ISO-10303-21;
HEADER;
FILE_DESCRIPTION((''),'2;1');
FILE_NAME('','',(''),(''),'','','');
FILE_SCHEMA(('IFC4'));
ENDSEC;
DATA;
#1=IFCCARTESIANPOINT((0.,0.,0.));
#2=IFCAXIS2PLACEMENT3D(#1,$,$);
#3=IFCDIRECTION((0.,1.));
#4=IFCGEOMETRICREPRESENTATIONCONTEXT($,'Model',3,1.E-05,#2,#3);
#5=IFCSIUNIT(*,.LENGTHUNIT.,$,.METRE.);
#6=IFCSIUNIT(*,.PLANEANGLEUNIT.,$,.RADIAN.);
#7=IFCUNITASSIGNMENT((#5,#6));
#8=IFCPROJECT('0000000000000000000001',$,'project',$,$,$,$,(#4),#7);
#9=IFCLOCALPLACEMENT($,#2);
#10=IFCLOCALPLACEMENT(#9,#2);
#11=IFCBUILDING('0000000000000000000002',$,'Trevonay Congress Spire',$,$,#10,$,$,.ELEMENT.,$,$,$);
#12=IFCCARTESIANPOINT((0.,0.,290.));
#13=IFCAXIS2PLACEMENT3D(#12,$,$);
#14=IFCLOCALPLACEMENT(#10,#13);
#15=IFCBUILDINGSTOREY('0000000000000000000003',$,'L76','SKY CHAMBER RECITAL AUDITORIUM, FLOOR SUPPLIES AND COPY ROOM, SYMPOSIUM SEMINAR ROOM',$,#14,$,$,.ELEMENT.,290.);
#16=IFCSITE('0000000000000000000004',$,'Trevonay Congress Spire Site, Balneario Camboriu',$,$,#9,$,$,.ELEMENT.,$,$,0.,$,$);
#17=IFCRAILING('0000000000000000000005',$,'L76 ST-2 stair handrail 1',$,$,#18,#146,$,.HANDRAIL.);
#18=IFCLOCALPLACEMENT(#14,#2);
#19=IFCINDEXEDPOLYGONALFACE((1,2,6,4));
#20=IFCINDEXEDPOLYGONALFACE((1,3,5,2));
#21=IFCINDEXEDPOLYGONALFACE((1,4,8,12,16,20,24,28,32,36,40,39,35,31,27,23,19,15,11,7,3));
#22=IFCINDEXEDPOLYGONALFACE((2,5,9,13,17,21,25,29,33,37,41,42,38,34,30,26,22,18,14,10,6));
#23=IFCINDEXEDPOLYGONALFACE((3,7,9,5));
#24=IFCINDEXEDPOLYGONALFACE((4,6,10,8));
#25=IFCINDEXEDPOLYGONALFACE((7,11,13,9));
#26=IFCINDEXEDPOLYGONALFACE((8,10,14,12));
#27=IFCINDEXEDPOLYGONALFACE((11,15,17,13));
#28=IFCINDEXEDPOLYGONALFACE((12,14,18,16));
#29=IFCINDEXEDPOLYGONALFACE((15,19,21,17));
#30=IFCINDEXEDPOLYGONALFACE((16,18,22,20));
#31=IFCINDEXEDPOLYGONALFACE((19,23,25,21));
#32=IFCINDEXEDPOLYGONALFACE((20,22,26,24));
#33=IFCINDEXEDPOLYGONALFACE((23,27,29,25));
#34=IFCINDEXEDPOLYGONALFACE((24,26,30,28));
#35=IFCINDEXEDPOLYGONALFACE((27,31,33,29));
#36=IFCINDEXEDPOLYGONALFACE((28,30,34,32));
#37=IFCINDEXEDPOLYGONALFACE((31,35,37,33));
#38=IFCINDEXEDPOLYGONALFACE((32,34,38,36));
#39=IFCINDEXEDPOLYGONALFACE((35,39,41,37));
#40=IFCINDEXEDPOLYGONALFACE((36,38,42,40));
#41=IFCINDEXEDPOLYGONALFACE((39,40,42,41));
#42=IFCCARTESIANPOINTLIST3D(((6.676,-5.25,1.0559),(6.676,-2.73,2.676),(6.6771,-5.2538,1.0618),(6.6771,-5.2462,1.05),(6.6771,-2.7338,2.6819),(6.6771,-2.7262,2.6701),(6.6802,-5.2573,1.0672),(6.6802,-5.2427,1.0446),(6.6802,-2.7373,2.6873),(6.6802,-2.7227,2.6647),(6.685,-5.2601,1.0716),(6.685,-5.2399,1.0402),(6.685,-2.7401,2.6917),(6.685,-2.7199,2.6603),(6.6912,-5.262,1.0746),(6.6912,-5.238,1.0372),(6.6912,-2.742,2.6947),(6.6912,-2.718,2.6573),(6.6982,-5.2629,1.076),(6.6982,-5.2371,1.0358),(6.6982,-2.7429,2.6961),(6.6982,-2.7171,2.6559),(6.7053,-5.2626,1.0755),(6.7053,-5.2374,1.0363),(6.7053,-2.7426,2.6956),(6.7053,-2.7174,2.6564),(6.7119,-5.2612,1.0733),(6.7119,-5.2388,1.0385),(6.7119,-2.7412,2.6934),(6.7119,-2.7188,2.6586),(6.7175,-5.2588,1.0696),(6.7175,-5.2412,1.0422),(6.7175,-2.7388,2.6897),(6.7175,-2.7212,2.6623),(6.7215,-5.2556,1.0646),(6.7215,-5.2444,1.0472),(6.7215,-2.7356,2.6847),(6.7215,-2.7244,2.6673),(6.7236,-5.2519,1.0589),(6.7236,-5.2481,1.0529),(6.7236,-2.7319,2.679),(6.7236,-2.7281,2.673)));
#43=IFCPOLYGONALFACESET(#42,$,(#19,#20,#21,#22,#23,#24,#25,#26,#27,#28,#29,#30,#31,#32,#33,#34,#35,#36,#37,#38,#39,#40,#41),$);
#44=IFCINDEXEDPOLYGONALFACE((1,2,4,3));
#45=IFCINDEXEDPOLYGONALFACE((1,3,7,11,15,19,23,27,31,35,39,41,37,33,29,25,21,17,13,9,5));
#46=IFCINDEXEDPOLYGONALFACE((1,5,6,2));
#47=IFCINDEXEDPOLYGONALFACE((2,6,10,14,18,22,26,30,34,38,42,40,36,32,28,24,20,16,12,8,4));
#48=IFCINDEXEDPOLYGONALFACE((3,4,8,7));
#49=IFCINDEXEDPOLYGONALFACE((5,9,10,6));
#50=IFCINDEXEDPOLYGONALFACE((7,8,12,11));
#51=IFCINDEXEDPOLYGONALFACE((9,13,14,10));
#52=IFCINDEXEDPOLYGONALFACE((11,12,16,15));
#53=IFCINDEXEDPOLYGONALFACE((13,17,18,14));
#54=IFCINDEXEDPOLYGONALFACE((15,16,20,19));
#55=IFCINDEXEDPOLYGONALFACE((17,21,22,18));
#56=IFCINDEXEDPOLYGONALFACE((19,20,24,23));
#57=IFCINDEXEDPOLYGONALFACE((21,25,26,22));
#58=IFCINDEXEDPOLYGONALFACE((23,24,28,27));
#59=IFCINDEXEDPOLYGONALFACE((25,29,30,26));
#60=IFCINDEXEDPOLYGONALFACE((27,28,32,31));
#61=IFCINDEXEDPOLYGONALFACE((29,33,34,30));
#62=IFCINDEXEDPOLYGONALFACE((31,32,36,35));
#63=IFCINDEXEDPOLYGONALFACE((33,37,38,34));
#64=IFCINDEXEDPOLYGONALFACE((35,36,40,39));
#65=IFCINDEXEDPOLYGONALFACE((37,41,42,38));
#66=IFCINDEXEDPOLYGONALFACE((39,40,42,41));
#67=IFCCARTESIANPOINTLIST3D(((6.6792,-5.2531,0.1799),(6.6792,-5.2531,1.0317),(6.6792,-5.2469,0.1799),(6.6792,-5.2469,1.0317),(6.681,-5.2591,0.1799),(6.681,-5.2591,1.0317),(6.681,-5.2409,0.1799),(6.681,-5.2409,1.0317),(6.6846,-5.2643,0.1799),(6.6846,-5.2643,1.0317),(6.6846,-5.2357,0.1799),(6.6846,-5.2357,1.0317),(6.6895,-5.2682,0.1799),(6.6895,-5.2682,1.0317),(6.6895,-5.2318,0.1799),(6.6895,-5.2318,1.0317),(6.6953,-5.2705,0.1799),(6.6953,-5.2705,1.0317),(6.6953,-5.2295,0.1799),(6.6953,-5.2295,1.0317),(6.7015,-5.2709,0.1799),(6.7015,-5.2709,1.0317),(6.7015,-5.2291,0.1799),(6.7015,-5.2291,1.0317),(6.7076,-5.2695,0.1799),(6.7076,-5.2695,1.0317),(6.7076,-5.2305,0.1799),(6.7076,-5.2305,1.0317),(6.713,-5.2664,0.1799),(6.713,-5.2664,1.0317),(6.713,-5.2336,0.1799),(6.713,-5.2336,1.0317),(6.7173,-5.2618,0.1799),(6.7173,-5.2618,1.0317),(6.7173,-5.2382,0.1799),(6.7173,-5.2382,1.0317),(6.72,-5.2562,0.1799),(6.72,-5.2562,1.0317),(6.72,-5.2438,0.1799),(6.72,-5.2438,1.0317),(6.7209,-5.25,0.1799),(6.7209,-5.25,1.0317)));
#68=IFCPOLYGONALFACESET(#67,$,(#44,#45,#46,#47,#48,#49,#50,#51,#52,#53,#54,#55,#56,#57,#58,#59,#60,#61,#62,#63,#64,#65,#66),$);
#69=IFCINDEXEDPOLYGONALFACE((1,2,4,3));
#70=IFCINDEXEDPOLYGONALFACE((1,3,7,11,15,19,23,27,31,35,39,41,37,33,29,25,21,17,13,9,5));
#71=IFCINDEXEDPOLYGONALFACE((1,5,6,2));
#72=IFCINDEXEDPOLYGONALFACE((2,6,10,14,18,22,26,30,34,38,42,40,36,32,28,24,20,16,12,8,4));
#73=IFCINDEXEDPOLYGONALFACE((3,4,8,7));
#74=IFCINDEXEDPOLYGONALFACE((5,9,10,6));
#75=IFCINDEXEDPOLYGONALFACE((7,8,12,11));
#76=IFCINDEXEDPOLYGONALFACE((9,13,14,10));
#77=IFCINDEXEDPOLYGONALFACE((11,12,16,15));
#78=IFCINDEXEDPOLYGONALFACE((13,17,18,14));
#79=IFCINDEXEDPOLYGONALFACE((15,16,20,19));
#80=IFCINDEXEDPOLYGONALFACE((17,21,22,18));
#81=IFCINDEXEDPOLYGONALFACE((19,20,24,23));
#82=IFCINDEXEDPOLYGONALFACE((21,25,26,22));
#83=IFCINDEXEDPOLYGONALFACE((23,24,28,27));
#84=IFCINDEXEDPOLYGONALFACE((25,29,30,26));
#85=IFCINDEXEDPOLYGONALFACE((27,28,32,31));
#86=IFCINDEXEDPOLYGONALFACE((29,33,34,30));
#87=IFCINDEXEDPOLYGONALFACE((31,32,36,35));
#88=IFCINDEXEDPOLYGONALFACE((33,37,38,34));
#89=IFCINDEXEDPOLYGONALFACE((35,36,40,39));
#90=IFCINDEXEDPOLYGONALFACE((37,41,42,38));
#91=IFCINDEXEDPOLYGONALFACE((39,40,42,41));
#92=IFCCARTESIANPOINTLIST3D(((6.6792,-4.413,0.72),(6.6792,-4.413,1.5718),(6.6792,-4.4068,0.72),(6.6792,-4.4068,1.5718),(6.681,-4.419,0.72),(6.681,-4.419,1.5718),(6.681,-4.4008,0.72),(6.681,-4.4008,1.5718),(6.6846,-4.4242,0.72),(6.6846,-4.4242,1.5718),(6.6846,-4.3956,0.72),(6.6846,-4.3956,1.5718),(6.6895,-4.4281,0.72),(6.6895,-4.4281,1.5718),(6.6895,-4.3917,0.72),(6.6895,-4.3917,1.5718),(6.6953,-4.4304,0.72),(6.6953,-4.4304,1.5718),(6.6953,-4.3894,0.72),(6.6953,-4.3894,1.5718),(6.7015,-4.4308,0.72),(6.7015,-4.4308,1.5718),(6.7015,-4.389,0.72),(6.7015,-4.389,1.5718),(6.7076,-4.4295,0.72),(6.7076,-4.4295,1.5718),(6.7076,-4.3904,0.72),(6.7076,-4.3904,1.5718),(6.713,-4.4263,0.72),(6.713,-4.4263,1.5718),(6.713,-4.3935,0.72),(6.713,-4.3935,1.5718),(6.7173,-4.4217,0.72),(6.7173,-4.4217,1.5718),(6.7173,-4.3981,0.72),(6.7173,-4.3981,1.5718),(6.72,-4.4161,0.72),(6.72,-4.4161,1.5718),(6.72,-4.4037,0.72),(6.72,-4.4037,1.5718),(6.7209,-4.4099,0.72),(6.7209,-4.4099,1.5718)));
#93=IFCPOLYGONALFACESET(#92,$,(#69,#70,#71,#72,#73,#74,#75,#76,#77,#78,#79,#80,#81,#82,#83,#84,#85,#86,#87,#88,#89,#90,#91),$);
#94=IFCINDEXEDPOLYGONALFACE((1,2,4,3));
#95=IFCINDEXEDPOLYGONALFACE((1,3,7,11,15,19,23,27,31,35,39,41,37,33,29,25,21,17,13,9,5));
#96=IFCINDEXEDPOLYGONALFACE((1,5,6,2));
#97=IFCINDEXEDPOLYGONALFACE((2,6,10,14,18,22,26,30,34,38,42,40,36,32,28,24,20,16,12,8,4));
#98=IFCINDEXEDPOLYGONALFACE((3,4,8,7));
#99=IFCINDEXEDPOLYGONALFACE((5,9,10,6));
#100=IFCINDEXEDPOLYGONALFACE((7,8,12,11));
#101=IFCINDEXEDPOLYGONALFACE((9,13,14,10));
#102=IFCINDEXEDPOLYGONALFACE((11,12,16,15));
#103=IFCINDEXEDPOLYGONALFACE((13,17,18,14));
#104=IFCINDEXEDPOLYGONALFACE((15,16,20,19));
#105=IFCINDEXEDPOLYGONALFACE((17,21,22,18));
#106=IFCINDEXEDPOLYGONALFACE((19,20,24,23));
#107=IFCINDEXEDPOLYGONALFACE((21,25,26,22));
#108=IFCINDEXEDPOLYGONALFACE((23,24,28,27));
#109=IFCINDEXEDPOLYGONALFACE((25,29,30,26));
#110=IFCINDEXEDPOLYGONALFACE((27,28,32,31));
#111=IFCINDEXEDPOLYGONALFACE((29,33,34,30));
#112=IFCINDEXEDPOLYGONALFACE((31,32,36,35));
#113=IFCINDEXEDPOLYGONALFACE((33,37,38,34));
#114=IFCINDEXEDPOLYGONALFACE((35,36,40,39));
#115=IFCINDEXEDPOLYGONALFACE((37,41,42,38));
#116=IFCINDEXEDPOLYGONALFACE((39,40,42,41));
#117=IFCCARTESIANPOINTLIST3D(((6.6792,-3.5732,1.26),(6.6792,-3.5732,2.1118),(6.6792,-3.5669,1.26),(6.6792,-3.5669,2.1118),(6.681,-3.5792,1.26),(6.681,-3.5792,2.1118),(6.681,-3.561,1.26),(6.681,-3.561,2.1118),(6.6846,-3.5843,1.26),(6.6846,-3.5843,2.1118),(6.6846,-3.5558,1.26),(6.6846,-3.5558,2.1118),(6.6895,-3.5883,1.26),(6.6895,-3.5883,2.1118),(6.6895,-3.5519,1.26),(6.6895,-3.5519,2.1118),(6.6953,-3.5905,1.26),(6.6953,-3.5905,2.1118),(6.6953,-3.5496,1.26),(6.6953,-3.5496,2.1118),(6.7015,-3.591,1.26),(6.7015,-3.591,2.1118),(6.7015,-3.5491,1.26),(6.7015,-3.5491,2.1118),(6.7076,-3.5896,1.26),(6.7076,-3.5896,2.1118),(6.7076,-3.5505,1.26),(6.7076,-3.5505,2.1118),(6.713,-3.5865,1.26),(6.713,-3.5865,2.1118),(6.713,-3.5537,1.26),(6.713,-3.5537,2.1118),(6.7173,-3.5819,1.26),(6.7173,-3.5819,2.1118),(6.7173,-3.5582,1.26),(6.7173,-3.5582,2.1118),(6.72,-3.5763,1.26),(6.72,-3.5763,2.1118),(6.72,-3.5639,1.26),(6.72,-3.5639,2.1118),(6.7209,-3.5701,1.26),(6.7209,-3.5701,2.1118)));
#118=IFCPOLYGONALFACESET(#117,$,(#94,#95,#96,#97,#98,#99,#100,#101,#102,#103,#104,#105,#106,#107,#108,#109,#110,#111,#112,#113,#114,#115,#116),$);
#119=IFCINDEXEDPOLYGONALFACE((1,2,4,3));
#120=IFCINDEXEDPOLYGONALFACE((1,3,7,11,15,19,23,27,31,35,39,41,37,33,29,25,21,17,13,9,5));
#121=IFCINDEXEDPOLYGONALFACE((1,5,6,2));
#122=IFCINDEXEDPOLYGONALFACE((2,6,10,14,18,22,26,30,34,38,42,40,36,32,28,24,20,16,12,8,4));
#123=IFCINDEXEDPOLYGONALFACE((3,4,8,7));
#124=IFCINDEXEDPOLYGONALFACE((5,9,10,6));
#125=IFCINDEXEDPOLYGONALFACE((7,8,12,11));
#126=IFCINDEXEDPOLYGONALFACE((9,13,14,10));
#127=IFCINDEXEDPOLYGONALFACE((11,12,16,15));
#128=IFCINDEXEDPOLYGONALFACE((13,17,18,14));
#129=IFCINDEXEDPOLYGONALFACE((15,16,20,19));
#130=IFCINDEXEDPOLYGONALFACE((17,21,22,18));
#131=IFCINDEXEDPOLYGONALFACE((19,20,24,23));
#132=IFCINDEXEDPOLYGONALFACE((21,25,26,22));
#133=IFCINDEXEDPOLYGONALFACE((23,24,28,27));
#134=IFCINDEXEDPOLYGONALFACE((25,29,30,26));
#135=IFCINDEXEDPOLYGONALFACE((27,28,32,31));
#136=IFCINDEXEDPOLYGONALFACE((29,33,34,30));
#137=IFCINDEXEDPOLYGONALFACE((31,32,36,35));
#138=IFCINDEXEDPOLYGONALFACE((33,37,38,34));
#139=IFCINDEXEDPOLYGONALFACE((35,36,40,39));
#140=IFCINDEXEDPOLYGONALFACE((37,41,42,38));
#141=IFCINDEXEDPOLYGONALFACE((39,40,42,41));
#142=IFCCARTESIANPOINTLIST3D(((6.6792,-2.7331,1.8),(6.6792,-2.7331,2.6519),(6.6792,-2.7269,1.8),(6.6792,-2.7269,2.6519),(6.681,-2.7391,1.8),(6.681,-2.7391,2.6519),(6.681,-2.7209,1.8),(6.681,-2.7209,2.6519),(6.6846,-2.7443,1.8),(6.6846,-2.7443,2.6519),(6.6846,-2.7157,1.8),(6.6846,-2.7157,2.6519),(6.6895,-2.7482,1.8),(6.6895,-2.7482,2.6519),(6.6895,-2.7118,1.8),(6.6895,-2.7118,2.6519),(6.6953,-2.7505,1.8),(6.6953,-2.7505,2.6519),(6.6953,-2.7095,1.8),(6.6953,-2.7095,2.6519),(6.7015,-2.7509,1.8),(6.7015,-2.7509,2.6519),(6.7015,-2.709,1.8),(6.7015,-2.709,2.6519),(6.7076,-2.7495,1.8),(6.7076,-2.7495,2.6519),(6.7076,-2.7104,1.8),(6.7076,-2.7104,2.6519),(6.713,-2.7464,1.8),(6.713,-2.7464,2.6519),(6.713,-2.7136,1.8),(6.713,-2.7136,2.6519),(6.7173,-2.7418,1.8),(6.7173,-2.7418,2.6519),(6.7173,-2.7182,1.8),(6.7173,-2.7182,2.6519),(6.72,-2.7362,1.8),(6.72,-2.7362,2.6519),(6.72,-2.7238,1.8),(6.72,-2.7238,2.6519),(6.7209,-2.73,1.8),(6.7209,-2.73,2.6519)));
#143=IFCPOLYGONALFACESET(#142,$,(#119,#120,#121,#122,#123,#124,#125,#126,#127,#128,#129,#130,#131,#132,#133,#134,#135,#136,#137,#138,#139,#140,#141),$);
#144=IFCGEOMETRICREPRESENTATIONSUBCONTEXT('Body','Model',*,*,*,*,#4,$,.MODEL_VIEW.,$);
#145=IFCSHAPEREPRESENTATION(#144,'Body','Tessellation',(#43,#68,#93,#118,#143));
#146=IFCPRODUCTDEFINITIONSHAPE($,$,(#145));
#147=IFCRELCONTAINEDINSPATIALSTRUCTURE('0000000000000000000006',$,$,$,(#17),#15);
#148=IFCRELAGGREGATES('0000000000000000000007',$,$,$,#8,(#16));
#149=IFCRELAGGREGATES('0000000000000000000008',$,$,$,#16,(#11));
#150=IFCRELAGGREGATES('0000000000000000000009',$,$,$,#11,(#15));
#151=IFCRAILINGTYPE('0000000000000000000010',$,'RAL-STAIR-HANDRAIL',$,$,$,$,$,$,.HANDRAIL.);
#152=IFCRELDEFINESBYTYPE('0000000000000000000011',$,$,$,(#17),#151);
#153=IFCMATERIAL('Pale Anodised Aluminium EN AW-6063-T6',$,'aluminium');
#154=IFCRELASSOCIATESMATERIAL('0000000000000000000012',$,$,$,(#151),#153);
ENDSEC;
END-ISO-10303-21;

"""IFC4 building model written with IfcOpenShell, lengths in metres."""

from ifc_helpers import new_model, si_unit, direction, frame, origin, origin_2d, place, context, subcontext, project, spatial, circle, extrude, material, type_object, element, save


model = new_model("IFC4")

# Units and contexts
model_context = context("Model", 3, precision=1e-05, world=origin(), true_north=direction((0.0, 1.0)))
body_context = subcontext(model_context, "Body", "Model", "MODEL_VIEW")
ifc_project = project(units=[si_unit("LENGTHUNIT", "METRE"), si_unit("PLANEANGLEUNIT", "RADIAN")], contexts=[model_context])

# Site, building, storey
site_placement = place(None, origin())
site = spatial("IfcSite", under=ifc_project, at=site_placement, Name="Trevonay Congress Spire Site, Balneario Camboriu", CompositionType="ELEMENT", RefElevation=0.0)
building_placement = place(site_placement, origin())
building = spatial("IfcBuilding", under=site, at=building_placement, Name="Trevonay Congress Spire", CompositionType="ELEMENT")
storey_placement = place(building_placement, frame((0.0, 0.0, 290.0)))
storey = spatial("IfcBuildingStorey", under=building, at=storey_placement, Name="L76", Description="SKY CHAMBER RECITAL AUDITORIUM, FLOOR SUPPLIES AND COPY ROOM, SYMPOSIUM SEMINAR ROOM", CompositionType="ELEMENT", Elevation=290.0)

# Shared definitions
ifc_material_1 = material(Name="Pale Anodised Aluminium EN AW-6063-T6", Category="aluminium")

# Railing
railing_type_1 = type_object("IfcRailingType", Name="RAL-STAIR-HANDRAIL", PredefinedType="HANDRAIL", material=ifc_material_1)
railing_1_placement = place(storey_placement, frame((6.7, -5.25, 0.1799)))
element("IfcRailing", 1, at=railing_1_placement, inside=storey, type_object=railing_type_1, Name="L76 ST-2 stair handrail 1", PredefinedType="HANDRAIL", context=body_context, shape_type="SweptSolid", body=[
    extrude(circle(Radius=0.0239, at=origin_2d()), frame((0.0, 0.0, 0.876), z_axis=(0.0, 0.841163, 0.540782), x_axis=(-1.0, 0.0, 0.0)), (0.0, 0.0, 1.0), 2.9958),
    extrude(circle(Radius=0.021, at=origin_2d()), origin(), (0.0, 0.0, 1.0), 0.8518),
    extrude(circle(Radius=0.021, at=origin_2d()), frame((0.0, 0.8401, 0.54)), (0.0, 0.0, 1.0), 0.8518),
    extrude(circle(Radius=0.021, at=origin_2d()), frame((0.0, 1.6799, 1.0801)), (0.0, 0.0, 1.0), 0.8518),
    extrude(circle(Radius=0.021, at=origin_2d()), frame((0.0, 2.52, 1.6201)), (0.0, 0.0, 1.0), 0.8518),
])

save(model, "model.ifc")
